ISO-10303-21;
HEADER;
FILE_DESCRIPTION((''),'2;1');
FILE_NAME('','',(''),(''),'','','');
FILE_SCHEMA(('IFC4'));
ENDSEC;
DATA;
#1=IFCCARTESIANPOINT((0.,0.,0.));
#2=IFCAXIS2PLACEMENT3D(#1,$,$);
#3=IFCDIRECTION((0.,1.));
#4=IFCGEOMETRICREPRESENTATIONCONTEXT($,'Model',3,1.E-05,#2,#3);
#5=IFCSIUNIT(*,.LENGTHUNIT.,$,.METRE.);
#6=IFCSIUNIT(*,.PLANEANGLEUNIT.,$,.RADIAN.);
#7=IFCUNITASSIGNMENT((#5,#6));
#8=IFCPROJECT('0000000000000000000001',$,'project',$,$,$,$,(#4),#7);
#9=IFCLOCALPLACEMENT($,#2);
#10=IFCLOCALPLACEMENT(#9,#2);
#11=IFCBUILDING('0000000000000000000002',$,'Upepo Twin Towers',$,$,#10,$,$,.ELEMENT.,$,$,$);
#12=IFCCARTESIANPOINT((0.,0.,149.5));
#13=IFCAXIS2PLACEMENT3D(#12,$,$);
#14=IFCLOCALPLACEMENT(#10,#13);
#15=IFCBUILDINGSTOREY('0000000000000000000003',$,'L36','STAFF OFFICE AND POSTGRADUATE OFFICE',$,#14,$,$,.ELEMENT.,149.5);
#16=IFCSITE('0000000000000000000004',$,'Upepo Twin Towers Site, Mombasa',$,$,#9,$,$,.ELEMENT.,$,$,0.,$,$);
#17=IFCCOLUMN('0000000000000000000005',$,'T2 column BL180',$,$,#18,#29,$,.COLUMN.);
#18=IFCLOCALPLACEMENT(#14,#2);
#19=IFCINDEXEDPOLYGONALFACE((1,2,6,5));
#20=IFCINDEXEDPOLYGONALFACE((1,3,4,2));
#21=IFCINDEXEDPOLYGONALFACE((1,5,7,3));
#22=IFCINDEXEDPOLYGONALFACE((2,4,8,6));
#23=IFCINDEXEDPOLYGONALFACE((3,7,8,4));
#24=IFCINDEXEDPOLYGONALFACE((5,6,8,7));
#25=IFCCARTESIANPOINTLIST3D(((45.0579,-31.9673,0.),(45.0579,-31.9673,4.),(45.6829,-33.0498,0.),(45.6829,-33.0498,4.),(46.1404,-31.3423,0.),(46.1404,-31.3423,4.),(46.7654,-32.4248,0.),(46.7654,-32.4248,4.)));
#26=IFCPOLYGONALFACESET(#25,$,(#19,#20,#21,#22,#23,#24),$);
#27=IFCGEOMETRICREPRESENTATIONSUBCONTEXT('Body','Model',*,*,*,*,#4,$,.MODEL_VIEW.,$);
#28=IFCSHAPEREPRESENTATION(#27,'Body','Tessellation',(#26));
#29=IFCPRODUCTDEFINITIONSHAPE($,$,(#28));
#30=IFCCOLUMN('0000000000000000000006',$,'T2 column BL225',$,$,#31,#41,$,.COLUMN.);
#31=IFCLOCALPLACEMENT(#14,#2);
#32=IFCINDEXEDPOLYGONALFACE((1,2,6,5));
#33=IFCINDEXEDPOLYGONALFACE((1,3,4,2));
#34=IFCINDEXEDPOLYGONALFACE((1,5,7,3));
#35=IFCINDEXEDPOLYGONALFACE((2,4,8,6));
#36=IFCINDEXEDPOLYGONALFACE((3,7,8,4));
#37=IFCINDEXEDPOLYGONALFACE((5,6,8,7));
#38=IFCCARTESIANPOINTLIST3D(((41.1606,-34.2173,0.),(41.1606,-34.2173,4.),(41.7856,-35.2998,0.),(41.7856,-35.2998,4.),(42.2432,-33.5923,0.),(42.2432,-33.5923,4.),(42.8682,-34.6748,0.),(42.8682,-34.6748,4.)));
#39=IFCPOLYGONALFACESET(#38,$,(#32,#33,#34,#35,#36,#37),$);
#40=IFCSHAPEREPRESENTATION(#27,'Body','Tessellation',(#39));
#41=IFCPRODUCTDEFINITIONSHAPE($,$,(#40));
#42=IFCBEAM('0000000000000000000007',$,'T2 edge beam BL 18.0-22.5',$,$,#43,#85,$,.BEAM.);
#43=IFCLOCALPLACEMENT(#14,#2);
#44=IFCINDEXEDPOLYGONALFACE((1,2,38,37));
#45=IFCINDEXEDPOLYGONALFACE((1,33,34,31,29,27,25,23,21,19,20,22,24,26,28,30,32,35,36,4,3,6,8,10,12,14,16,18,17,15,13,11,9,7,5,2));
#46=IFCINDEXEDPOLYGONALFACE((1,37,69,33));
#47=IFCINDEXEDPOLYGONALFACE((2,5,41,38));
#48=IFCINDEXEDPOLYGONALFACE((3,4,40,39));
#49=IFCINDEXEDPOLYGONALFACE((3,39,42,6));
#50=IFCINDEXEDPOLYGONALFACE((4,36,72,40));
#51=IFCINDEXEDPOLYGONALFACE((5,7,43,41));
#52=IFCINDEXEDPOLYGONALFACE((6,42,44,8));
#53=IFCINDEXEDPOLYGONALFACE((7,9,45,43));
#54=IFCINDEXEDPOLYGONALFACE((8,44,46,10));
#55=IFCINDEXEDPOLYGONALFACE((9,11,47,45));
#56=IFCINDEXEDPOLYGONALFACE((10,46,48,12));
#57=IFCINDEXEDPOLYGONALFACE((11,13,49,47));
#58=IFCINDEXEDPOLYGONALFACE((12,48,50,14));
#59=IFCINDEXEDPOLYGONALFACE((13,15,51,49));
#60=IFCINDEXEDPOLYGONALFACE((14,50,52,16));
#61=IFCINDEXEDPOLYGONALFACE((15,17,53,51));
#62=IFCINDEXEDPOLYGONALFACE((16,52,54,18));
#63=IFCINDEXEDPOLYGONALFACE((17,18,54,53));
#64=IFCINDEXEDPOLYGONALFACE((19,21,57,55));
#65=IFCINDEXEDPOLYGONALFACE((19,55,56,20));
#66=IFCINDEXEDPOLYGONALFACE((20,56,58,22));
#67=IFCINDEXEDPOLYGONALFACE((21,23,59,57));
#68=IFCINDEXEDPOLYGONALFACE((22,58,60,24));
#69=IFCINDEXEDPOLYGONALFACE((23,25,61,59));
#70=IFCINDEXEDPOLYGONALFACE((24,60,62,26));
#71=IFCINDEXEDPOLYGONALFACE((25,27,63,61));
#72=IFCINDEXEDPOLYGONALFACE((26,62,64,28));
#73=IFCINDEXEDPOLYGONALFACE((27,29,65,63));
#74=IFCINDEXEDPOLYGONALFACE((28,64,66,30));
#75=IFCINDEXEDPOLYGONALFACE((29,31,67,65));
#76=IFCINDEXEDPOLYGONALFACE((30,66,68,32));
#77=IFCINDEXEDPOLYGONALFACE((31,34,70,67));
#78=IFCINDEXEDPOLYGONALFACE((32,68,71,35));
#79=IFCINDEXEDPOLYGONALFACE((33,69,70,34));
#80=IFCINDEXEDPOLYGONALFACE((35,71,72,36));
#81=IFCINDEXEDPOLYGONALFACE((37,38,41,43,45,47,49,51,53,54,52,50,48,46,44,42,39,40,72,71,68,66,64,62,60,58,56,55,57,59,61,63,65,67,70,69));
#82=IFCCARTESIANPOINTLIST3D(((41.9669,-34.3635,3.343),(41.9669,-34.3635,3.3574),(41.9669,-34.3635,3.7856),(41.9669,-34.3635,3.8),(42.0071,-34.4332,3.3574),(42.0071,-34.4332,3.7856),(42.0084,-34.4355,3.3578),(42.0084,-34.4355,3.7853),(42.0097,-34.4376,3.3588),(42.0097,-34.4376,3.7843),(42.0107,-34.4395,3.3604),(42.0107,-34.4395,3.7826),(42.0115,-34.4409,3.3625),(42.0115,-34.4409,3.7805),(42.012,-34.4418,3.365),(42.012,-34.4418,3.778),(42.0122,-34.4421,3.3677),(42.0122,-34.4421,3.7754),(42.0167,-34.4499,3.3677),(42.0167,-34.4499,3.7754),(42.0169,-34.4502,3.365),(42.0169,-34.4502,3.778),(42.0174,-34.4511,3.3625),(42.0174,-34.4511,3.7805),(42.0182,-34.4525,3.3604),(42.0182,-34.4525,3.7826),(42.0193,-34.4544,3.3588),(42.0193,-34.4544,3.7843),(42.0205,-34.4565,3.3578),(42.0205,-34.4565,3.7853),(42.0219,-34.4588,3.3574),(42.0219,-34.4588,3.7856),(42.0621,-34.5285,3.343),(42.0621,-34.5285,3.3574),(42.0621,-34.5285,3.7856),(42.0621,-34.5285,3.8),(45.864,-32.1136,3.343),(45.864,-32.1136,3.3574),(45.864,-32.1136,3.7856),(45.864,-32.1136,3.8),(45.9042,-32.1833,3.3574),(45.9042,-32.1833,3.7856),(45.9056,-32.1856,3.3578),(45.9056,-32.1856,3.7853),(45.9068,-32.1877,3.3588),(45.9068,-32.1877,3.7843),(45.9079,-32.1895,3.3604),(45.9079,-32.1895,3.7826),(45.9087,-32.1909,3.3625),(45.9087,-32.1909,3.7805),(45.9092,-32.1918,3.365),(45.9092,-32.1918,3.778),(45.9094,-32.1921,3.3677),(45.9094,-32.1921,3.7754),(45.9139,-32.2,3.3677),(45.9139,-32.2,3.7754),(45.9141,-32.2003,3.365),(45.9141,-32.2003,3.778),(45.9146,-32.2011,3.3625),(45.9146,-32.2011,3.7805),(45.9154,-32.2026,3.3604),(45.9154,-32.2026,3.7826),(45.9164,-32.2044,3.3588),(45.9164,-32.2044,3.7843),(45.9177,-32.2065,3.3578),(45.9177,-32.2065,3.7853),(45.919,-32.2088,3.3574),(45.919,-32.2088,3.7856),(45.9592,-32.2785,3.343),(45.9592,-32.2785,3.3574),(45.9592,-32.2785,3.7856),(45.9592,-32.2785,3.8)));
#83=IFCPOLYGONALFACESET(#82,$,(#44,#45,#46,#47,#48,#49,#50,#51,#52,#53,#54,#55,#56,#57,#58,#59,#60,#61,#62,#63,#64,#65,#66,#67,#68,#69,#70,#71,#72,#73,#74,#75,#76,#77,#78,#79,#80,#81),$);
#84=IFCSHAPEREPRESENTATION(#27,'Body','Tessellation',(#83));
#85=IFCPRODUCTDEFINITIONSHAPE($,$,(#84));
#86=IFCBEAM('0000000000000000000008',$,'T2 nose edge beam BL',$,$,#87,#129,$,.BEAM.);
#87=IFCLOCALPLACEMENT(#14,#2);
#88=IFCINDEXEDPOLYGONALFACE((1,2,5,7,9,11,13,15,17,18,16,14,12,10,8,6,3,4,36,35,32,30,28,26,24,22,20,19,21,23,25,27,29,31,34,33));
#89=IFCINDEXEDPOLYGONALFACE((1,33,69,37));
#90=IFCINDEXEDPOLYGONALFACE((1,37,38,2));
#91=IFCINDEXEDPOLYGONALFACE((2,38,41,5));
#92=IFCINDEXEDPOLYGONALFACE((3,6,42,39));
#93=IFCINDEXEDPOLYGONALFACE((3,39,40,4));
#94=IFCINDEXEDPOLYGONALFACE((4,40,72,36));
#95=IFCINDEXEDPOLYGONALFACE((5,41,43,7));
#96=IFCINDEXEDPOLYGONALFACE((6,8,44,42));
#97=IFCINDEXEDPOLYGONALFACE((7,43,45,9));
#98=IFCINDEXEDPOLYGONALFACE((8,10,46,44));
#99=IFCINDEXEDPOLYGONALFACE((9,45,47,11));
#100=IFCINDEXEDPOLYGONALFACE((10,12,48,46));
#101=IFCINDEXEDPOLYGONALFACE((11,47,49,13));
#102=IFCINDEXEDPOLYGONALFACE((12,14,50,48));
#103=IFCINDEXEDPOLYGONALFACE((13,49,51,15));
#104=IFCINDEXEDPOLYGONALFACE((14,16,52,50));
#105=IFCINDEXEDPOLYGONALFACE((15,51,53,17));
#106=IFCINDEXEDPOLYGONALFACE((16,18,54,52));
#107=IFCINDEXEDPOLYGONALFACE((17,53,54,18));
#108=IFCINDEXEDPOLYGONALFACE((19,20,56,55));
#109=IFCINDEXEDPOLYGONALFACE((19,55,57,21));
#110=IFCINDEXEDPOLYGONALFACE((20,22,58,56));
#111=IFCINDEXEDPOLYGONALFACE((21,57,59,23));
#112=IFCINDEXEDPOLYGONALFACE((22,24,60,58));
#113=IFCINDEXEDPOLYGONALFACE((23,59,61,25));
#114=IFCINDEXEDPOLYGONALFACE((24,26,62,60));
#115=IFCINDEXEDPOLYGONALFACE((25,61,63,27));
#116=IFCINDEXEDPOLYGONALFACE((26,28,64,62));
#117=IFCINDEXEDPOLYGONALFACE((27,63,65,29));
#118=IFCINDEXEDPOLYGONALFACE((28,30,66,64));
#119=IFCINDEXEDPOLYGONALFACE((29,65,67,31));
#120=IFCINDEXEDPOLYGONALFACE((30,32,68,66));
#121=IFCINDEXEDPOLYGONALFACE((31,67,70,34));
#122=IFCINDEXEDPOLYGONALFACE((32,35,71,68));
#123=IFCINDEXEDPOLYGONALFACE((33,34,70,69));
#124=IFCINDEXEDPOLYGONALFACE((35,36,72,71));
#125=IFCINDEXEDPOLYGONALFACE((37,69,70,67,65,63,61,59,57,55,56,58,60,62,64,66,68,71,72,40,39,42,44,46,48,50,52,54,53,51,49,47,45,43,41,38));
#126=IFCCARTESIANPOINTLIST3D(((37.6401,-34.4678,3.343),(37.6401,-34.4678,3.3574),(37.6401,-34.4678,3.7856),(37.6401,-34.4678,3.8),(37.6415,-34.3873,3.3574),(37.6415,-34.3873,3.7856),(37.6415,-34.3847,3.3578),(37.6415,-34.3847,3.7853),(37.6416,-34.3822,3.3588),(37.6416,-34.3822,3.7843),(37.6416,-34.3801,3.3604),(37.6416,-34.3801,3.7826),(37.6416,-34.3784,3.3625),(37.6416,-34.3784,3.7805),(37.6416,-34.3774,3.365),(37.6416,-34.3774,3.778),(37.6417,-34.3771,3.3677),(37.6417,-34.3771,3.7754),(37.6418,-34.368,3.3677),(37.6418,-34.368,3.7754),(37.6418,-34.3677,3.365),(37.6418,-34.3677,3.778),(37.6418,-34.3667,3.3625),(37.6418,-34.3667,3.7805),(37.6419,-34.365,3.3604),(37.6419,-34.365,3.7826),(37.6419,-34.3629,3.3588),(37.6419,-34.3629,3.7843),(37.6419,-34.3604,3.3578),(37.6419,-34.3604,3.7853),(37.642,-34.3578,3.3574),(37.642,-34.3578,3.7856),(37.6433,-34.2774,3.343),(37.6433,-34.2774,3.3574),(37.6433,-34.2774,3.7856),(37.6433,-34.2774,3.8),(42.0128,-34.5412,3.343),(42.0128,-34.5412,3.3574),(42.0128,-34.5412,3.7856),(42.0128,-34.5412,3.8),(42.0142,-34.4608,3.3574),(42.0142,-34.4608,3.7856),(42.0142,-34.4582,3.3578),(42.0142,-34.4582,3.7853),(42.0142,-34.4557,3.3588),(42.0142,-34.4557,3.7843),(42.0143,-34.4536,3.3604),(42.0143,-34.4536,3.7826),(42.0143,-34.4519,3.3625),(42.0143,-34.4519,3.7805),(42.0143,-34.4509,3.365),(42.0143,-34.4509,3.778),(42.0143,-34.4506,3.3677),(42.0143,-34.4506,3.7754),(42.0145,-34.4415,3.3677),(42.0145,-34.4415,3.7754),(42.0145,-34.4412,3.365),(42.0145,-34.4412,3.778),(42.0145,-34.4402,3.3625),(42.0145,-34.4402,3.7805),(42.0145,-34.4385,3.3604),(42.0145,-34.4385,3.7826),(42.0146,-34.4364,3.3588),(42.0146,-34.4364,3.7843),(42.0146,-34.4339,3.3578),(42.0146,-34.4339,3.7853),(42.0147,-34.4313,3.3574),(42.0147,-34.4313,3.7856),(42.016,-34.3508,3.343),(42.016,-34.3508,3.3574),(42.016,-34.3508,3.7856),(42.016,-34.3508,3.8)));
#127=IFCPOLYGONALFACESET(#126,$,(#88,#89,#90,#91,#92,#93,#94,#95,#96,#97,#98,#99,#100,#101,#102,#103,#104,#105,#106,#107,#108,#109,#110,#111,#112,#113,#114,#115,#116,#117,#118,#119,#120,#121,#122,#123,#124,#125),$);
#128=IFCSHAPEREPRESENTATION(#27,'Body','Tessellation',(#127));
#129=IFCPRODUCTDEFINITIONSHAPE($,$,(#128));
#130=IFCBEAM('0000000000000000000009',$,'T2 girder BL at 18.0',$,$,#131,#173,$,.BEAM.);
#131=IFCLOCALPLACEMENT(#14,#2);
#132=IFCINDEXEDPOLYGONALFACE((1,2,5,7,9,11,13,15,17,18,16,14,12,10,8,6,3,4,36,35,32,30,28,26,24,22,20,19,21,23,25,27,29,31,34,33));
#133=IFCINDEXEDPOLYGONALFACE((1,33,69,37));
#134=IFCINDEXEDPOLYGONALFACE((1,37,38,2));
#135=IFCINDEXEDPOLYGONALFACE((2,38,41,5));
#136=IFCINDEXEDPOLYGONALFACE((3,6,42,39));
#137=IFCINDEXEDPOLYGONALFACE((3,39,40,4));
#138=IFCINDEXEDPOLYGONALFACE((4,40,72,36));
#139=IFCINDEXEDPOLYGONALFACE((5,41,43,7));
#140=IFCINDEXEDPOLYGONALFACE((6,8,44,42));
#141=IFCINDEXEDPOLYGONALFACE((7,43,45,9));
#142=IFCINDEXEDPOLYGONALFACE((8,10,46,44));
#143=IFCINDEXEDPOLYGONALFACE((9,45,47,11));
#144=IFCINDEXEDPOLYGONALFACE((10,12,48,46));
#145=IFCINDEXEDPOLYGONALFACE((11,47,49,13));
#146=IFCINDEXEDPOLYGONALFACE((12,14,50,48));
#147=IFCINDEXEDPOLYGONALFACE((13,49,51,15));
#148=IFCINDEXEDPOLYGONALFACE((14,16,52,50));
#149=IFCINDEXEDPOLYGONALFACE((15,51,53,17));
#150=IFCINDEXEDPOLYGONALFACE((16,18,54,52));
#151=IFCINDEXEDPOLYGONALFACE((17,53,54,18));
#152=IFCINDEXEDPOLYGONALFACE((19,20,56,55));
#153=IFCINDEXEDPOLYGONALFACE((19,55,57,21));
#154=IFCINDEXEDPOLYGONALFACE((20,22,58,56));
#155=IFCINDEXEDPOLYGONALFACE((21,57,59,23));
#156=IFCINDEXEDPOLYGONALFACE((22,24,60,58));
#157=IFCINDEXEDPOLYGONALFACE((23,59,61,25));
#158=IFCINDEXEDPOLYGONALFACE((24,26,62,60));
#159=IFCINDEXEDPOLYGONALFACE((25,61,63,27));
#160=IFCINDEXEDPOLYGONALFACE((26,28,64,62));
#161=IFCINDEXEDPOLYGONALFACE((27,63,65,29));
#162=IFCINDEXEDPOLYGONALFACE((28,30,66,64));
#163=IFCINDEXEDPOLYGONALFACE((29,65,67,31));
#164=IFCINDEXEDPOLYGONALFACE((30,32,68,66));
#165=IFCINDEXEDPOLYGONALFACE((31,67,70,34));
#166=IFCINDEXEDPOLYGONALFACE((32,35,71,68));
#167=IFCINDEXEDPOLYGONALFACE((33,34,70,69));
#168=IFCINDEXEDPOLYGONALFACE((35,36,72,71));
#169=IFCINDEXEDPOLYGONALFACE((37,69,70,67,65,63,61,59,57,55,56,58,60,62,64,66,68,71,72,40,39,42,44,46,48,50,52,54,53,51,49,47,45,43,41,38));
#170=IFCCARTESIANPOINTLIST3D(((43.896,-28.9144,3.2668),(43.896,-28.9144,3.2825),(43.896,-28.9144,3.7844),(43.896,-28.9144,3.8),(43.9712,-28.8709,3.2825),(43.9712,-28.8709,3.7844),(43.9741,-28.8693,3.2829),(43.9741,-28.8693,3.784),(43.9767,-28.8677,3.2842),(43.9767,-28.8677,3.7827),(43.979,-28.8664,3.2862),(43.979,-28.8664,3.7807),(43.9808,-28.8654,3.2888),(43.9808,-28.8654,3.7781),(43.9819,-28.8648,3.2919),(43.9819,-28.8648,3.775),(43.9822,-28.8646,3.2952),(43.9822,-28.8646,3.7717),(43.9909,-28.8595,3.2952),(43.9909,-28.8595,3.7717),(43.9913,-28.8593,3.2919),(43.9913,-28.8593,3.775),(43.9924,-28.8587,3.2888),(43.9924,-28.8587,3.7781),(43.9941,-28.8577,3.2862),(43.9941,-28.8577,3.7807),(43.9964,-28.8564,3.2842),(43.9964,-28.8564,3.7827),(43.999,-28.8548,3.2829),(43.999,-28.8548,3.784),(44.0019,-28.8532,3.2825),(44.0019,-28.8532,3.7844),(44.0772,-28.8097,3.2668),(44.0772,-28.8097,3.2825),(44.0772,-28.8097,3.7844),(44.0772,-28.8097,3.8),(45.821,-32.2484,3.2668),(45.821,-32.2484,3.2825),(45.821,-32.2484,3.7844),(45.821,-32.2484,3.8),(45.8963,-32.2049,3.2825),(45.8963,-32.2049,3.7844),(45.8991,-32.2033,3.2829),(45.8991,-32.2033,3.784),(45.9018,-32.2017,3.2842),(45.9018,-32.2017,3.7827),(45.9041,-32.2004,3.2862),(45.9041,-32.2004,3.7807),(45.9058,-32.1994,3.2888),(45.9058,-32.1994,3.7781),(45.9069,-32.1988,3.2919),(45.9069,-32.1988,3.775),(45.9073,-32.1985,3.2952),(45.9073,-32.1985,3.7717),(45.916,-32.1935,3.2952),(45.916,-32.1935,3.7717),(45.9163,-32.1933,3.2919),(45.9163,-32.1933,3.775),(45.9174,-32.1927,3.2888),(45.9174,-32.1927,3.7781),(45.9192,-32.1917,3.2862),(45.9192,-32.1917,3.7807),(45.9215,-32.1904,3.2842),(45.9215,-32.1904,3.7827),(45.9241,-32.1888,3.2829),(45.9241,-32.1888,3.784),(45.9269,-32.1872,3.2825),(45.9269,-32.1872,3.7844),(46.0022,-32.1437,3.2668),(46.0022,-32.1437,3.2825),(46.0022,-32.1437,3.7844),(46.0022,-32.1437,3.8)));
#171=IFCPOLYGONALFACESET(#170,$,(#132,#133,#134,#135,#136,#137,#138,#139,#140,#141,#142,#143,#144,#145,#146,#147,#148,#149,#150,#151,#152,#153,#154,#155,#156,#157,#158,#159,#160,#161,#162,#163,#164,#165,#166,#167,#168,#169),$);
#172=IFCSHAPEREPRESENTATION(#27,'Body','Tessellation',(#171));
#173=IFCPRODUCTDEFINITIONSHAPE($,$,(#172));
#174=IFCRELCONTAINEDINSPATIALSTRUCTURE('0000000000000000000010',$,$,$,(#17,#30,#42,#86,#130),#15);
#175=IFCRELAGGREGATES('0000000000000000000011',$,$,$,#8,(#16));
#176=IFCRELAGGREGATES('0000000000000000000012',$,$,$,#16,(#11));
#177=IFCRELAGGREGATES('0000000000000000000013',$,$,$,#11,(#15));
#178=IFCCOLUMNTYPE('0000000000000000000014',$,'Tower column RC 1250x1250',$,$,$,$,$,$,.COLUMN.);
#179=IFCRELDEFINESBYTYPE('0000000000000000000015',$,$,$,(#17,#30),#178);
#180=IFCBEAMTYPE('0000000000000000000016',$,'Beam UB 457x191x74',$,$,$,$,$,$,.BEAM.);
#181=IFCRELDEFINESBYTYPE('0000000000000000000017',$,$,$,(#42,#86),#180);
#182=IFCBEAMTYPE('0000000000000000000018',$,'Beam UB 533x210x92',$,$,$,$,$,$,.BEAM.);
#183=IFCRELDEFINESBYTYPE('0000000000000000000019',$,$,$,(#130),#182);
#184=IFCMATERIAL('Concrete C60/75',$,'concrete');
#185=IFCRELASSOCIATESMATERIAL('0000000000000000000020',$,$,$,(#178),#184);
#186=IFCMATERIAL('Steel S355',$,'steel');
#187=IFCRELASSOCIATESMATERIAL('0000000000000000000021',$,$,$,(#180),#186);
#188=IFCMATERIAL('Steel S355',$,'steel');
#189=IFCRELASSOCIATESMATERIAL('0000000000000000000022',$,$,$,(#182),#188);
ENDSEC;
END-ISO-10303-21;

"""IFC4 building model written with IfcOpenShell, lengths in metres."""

from ifc_helpers import new_model, si_unit, direction, frame, origin, origin_2d, place, context, subcontext, project, spatial, rectangle, i_section, extrude, material, material_profile, profile_set, type_object, element, save


model = new_model("IFC4")

# Units and contexts
model_context = context("Model", 3, precision=1e-05, world=origin(), true_north=direction((0.0, 1.0)))
body_context = subcontext(model_context, "Body", "Model", "MODEL_VIEW")
ifc_project = project(units=[si_unit("LENGTHUNIT", "METRE"), si_unit("PLANEANGLEUNIT", "RADIAN")], contexts=[model_context])

# Site, building, storey
site_placement = place(None, origin())
site = spatial("IfcSite", under=ifc_project, at=site_placement, Name="Upepo Twin Towers Site, Mombasa", CompositionType="ELEMENT", RefElevation=0.0)
building_placement = place(site_placement, origin())
building = spatial("IfcBuilding", under=site, at=building_placement, Name="Upepo Twin Towers", CompositionType="ELEMENT")
storey_placement = place(building_placement, frame((0.0, 0.0, 149.5)))
storey = spatial("IfcBuildingStorey", under=building, at=storey_placement, Name="L36", Description="STAFF OFFICE AND POSTGRADUATE OFFICE", CompositionType="ELEMENT", Elevation=149.5)

# Columns
ifc_material_1 = material(Name="Concrete C60/75", Category="concrete")
ifc_material_profile_1 = material_profile(ifc_material_1, rectangle(XDim=1.25, YDim=1.25, at=origin_2d()), Name="RC 1250x1250")
ifc_profile_set_1 = profile_set([ifc_material_profile_1], Name="Concrete C60/75")
column_type = type_object("IfcColumnType", Name="Tower column RC 1250x1250", PredefinedType="COLUMN", material=ifc_profile_set_1)
for number, where, z_axis, x_axis, name in (
    (1, (45.9116, -32.196, 0.0), (0.0, 0.0, 1.0), (0.866025, 0.5, 0.0), "T2 column BL180"),
    (2, (42.0144, -34.446, 0.0), (0.0, 0.0, 1.0), (0.866025, 0.5, 0.0), "T2 column BL225"),
):
    element("IfcColumn", number, at=place(storey_placement, frame(where, z_axis=z_axis, x_axis=x_axis)), inside=storey, type_object=column_type, Name=name, PredefinedType="COLUMN", context=body_context, shape_type="SweptSolid", body=[
        extrude(rectangle(XDim=1.25, YDim=1.25, at=origin_2d()), origin(), (0.0, 0.0, 1.0), 4.0),
    ])

# Beams
ifc_material_2 = material(Name="Steel S355", Category="steel")
ifc_material_profile_2 = material_profile(ifc_material_2, i_section(OverallWidth=0.1904, OverallDepth=0.457, WebThickness=0.009, FlangeThickness=0.0144, FilletRadius=0.0103, at=origin_2d()), Name="UB 457x191x74")
ifc_profile_set_2 = profile_set([ifc_material_profile_2], Name="Steel S355")
beam_type_1 = type_object("IfcBeamType", Name="Beam UB 457x191x74", PredefinedType="BEAM", material=ifc_profile_set_2)
beam_1_placement = place(storey_placement, frame((45.9116, -32.196, 3.5715), z_axis=(-0.866031, -0.49999, 0.0), x_axis=(0.49999, -0.866031, 0.0)))
element("IfcBeam", 3, at=beam_1_placement, inside=storey, type_object=beam_type_1, Name="T2 edge beam BL 18.0-22.5", PredefinedType="BEAM", context=body_context, shape_type="SweptSolid", body=[
    extrude(i_section(OverallWidth=0.1904, OverallDepth=0.457, WebThickness=0.009, FlangeThickness=0.0144, FilletRadius=0.0103, at=origin_2d()), origin(), (0.0, 0.0, 1.0), 4.5),
])
beam_2_placement = place(storey_placement, frame((42.0144, -34.446, 3.5715), z_axis=(-0.999859, 0.016804, 0.0), x_axis=(-0.016804, -0.999859, 0.0)))
element("IfcBeam", 4, at=beam_2_placement, inside=storey, type_object=beam_type_1, Name="T2 nose edge beam BL", PredefinedType="BEAM", context=body_context, shape_type="SweptSolid", body=[
    extrude(i_section(OverallWidth=0.1904, OverallDepth=0.457, WebThickness=0.009, FlangeThickness=0.0144, FilletRadius=0.0103, at=origin_2d()), origin(), (0.0, 0.0, 1.0), 4.3733),
])
ifc_material_3 = material(Name="Steel S355", Category="steel")
ifc_material_profile_3 = material_profile(ifc_material_3, i_section(OverallWidth=0.2092, OverallDepth=0.5332, WebThickness=0.01, FlangeThickness=0.0156, FilletRadius=0.0127, at=origin_2d()), Name="UB 533x210x92")
ifc_profile_set_3 = profile_set([ifc_material_profile_3], Name="Steel S355")
beam_type_2 = type_object("IfcBeamType", Name="Beam UB 533x210x92", PredefinedType="BEAM", material=ifc_profile_set_3)
for number, where, z_axis, x_axis, name in (
    (5, (45.9116, -32.196, 3.5334), (-0.500034, 0.866006, 0.0), (-0.866006, -0.500034, 0.0), "T2 girder BL at 18.0"),
):
    element("IfcBeam", number, at=place(storey_placement, frame(where, z_axis=z_axis, x_axis=x_axis)), inside=storey, type_object=beam_type_2, Name=name, PredefinedType="BEAM", context=body_context, shape_type="SweptSolid", body=[
        extrude(i_section(OverallWidth=0.2092, OverallDepth=0.5332, WebThickness=0.01, FlangeThickness=0.0156, FilletRadius=0.0127, at=origin_2d()), origin(), (0.0, 0.0, 1.0), 3.8499),
    ])

save(model, "model.ifc")
